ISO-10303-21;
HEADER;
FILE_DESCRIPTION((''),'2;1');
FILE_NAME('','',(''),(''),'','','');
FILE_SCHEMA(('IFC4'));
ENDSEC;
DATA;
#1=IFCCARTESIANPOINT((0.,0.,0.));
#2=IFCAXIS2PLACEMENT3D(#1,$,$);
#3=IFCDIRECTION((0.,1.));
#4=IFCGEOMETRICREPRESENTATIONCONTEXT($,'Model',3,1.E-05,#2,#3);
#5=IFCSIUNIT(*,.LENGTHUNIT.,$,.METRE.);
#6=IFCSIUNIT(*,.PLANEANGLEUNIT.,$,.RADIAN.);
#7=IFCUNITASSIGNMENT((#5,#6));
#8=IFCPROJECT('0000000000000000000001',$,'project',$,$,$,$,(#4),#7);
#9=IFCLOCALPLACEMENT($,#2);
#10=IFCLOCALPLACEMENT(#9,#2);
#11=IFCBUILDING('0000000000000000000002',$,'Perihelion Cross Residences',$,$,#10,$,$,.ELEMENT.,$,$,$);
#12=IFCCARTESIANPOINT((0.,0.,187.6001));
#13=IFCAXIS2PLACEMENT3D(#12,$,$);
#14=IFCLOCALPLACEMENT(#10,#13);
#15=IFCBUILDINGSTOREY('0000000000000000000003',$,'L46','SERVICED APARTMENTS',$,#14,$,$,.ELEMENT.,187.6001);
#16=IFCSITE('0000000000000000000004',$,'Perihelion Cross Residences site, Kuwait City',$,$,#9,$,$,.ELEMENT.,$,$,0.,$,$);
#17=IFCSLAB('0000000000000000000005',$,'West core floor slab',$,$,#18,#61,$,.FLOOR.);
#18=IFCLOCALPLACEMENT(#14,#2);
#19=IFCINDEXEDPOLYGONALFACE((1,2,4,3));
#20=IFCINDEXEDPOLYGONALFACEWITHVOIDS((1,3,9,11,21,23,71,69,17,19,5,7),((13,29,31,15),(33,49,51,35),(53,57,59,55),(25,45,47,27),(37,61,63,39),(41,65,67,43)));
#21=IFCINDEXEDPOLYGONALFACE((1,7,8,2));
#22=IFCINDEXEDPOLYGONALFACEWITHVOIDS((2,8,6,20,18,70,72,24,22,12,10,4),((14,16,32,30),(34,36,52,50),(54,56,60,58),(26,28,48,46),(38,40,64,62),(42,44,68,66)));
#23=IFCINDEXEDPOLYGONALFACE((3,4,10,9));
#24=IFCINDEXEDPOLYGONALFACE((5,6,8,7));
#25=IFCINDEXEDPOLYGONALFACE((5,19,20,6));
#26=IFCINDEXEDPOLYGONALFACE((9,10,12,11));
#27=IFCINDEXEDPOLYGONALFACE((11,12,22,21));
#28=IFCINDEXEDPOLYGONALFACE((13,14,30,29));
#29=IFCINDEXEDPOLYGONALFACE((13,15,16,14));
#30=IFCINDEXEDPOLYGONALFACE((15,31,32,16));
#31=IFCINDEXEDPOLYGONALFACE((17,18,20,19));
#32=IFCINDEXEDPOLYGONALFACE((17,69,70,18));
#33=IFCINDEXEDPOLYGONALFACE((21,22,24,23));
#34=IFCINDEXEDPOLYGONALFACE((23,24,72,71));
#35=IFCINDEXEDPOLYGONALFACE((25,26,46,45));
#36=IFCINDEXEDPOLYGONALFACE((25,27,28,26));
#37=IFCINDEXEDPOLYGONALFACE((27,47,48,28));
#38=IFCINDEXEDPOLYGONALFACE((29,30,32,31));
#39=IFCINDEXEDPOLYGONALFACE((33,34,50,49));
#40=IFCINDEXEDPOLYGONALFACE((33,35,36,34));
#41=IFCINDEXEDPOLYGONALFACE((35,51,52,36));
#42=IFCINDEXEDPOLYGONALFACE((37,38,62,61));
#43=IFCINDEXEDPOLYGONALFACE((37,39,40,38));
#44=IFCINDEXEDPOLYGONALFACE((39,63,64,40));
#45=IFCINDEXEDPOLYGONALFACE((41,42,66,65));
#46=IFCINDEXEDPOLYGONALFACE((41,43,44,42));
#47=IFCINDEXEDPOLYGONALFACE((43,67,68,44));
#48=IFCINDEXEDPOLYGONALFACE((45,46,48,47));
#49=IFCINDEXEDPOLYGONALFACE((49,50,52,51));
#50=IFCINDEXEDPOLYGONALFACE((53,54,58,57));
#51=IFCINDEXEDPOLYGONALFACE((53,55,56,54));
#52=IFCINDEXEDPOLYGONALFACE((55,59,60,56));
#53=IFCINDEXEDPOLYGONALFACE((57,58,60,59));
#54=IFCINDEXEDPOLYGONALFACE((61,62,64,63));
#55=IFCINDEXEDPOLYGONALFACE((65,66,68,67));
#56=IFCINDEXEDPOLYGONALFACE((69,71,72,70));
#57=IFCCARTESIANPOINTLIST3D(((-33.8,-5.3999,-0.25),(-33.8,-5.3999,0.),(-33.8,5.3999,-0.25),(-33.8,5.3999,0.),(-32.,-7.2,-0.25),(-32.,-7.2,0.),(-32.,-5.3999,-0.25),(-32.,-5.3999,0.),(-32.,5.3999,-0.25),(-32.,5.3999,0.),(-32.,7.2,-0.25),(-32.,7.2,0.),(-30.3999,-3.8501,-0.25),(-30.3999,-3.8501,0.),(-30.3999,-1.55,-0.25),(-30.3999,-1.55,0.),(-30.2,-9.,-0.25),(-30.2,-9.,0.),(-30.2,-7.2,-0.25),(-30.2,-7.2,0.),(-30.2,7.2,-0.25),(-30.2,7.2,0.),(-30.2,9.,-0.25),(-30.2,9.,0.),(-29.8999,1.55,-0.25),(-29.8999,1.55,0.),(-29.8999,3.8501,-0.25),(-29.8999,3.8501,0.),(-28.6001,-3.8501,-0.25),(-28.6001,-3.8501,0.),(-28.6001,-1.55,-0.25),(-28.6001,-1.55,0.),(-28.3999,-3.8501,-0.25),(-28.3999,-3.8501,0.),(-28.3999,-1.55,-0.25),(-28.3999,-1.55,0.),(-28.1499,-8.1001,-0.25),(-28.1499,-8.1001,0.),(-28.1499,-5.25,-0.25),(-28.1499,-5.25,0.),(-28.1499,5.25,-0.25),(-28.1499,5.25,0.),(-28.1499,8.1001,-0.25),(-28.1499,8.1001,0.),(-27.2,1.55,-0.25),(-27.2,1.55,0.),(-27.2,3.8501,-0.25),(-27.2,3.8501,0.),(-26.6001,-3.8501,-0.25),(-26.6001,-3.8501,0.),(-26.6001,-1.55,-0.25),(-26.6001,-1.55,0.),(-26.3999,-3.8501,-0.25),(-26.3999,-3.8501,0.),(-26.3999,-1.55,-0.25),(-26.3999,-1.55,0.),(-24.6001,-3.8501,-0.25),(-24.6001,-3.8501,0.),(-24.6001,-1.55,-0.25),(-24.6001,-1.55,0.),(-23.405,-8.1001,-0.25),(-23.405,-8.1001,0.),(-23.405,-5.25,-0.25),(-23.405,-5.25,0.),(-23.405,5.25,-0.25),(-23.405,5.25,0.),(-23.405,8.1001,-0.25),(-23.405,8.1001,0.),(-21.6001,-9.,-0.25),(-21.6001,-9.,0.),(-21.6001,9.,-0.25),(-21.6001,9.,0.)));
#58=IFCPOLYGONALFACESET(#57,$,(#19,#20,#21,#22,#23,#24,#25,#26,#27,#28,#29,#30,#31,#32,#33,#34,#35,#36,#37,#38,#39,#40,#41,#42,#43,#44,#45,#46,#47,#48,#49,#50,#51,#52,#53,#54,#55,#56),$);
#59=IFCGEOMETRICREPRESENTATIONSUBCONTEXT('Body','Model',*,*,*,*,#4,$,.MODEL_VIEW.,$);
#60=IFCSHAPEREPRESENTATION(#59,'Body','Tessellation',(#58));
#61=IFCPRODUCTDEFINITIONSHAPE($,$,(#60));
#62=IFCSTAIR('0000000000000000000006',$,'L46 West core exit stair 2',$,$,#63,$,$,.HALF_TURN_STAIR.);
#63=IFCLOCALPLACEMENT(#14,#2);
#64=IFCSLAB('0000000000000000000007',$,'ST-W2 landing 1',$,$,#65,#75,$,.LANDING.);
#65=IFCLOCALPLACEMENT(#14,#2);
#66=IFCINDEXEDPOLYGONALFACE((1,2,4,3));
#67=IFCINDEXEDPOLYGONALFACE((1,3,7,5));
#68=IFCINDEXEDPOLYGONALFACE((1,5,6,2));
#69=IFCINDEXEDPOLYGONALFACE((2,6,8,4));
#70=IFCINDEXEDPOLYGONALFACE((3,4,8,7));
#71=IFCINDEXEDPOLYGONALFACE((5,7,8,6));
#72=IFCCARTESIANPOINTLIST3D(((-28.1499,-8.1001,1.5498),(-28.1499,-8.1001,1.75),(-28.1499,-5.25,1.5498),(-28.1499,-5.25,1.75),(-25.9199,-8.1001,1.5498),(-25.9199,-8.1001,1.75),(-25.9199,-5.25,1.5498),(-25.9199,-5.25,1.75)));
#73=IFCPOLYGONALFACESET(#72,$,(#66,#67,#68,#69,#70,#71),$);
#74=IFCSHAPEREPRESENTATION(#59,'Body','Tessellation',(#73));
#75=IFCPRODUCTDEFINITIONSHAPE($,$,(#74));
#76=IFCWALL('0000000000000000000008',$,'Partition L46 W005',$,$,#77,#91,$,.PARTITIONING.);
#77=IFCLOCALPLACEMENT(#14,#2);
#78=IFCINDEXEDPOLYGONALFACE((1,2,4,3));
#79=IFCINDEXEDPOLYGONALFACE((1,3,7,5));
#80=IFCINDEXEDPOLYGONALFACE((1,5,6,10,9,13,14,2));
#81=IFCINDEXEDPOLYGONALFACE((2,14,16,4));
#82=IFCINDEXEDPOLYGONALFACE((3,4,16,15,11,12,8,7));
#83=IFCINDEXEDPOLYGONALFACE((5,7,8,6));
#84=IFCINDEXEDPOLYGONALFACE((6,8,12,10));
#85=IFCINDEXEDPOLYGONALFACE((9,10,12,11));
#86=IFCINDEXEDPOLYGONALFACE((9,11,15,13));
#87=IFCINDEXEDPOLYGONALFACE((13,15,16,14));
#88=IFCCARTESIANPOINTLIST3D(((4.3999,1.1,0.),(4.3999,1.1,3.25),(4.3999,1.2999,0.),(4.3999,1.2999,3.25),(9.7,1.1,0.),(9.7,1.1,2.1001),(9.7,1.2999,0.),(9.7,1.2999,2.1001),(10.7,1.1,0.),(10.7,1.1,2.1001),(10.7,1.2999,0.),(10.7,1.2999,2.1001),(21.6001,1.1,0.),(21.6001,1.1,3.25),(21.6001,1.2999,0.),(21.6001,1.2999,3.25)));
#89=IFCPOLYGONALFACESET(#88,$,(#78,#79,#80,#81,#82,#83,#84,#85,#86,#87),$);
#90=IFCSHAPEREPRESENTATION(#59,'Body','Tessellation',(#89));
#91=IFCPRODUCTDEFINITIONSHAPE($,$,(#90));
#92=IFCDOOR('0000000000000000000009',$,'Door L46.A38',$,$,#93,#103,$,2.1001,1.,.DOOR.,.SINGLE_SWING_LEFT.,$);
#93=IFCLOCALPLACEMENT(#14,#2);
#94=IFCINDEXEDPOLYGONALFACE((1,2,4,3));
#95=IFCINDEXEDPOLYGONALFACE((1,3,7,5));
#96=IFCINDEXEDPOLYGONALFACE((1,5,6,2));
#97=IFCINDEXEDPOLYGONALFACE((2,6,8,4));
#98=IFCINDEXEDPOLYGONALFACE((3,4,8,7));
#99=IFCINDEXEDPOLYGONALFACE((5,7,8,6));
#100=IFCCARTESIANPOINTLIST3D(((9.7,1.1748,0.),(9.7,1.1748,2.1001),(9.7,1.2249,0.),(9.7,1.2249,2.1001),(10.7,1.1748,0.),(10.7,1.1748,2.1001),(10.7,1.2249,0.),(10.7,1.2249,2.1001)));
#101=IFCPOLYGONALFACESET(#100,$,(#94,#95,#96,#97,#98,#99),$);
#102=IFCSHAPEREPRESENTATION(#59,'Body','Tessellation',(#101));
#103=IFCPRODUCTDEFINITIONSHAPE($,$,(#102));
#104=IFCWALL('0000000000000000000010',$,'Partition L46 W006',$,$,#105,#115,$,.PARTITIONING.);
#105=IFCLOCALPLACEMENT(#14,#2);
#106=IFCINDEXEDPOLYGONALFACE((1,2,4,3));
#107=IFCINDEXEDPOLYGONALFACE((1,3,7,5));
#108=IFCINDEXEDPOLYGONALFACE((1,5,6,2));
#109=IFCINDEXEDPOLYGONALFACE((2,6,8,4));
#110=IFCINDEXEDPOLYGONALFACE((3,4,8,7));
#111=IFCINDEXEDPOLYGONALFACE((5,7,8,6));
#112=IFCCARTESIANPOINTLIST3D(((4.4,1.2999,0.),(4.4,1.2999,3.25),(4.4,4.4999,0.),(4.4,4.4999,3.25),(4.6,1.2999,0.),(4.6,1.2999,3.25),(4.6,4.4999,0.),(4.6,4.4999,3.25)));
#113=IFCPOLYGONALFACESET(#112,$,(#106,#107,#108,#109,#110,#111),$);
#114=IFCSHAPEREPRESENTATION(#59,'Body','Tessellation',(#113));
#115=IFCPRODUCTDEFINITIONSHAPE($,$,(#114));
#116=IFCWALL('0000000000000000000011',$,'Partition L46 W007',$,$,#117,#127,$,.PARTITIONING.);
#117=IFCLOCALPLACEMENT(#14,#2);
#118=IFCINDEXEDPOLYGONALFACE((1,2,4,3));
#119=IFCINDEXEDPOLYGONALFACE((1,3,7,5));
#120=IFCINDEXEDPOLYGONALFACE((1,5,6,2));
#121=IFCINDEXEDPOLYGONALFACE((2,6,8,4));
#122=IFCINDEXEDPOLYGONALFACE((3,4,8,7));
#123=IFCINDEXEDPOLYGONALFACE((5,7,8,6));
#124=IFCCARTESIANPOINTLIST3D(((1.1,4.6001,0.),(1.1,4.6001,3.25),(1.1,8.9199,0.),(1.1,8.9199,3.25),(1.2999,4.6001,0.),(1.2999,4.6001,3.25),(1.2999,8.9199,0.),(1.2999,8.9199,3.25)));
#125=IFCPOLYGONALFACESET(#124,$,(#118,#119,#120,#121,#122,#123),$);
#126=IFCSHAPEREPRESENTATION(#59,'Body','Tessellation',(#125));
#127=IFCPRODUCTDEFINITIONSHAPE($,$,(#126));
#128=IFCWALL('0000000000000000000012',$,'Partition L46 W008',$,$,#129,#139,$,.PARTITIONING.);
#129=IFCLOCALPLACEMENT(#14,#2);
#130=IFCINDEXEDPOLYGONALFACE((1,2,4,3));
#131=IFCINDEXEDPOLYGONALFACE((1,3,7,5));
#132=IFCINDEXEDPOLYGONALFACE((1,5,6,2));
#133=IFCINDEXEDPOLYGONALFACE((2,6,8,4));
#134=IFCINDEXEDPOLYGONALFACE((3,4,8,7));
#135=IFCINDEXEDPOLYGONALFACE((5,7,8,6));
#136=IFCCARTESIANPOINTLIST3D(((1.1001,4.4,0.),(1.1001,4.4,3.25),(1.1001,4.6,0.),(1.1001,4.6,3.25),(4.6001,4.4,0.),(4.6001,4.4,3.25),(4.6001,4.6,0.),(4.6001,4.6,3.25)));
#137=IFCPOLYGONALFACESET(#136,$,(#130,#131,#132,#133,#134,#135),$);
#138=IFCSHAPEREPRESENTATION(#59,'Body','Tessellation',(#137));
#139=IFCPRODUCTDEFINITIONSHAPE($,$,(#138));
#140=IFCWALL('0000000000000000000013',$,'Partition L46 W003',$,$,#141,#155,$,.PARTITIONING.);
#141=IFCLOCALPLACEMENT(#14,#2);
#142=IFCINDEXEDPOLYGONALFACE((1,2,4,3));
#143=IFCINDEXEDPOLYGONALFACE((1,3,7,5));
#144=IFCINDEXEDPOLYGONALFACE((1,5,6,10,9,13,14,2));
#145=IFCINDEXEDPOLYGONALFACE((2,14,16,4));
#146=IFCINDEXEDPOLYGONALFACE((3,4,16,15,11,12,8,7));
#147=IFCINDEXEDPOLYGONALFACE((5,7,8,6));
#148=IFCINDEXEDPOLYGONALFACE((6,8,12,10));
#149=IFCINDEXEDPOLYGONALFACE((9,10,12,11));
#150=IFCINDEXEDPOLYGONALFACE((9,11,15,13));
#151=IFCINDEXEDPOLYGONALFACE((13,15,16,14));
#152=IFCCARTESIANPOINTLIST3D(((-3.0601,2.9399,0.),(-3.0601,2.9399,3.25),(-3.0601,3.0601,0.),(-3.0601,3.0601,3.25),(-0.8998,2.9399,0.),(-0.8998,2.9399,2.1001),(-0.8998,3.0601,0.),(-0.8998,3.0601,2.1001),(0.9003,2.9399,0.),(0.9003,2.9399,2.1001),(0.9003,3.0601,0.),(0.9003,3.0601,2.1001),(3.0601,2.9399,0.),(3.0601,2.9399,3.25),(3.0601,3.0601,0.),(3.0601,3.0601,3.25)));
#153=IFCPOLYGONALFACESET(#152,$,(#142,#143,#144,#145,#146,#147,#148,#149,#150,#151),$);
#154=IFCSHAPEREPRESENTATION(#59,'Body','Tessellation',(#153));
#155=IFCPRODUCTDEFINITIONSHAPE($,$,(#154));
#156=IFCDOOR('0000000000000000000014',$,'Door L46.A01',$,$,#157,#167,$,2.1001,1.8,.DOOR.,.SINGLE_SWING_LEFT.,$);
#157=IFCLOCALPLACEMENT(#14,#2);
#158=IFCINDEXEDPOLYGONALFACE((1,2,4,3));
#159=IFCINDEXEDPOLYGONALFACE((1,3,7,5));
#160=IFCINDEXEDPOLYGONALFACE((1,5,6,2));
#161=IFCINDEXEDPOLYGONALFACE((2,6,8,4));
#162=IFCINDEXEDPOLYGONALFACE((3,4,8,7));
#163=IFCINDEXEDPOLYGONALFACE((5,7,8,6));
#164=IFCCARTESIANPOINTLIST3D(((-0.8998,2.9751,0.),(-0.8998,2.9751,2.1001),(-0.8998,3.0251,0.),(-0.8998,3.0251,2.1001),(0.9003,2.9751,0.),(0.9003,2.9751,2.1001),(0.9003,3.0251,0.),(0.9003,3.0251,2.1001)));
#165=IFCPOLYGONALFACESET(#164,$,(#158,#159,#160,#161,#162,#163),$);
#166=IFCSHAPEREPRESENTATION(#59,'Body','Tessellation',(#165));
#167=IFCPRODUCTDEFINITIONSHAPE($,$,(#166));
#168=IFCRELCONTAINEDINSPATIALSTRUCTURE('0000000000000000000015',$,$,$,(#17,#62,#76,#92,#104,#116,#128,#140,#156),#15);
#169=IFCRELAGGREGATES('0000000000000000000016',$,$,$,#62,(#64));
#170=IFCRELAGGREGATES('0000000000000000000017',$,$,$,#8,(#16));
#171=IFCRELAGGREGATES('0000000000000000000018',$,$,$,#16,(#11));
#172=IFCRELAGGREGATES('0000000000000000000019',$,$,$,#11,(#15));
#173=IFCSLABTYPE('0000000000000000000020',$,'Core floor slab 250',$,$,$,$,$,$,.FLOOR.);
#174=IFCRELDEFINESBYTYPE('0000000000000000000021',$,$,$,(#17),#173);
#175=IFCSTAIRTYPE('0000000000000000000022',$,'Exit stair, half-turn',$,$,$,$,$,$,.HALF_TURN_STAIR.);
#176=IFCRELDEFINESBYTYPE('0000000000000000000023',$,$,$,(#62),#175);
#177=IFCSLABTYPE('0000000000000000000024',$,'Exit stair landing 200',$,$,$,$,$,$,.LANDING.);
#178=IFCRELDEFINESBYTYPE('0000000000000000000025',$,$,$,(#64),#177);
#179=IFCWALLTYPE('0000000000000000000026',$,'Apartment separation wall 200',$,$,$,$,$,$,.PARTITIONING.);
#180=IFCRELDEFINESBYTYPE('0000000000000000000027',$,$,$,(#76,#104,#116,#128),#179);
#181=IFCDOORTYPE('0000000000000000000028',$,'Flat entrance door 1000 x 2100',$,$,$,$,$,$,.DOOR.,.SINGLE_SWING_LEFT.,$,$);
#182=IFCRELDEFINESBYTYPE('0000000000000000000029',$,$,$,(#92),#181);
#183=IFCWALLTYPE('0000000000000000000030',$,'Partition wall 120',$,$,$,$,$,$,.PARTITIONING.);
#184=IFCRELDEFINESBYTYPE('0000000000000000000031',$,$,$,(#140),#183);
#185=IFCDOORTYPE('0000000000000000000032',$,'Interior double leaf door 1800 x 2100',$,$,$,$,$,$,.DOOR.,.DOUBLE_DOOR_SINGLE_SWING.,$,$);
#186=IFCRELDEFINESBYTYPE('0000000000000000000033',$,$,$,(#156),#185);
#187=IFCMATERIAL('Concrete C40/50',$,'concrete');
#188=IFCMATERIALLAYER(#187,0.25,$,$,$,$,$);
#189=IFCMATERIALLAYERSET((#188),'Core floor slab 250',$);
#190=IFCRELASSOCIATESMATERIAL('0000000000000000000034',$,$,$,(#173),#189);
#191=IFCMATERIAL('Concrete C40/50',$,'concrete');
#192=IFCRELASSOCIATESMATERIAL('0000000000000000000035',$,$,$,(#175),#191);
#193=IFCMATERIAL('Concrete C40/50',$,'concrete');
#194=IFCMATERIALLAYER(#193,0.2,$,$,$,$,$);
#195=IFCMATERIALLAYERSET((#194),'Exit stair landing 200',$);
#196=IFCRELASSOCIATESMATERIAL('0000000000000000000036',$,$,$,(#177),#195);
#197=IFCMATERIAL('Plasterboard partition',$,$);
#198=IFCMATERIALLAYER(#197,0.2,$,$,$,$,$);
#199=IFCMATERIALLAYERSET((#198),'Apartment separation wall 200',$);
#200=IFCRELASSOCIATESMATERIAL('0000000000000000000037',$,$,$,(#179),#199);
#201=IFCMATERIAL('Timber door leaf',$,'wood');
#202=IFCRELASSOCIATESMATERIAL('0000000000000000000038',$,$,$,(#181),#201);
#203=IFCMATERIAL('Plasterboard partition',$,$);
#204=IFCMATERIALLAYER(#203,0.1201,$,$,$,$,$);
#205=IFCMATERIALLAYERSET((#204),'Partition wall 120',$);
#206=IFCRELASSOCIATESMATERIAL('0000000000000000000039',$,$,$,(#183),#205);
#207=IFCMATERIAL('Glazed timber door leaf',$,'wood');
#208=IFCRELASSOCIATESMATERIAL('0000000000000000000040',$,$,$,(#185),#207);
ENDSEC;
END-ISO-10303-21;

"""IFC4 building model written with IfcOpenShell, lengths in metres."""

from ifc_helpers import new_model, si_unit, direction, frame, frame_2d, origin, place, context, subcontext, project, spatial, polyline, rectangle, outline, extrude, material, layer, layer_set, type_object, element, fill, aggregate, save


model = new_model("IFC4")

# Units and contexts
model_context = context("Model", 3, precision=1e-05, world=origin(), true_north=direction((0.0, 1.0)))
body_context = subcontext(model_context, "Body", "Model", "MODEL_VIEW")
ifc_project = project(units=[si_unit("LENGTHUNIT", "METRE"), si_unit("PLANEANGLEUNIT", "RADIAN")], contexts=[model_context])

# Site, building, storey
site_placement = place(None, origin())
site = spatial("IfcSite", under=ifc_project, at=site_placement, Name="Perihelion Cross Residences site, Kuwait City", CompositionType="ELEMENT", RefElevation=0.0)
building_placement = place(site_placement, origin())
building = spatial("IfcBuilding", under=site, at=building_placement, Name="Perihelion Cross Residences", CompositionType="ELEMENT")
storey_placement = place(building_placement, frame((0.0, 0.0, 187.6001)))
storey = spatial("IfcBuildingStorey", under=building, at=storey_placement, Name="L46", Description="SERVICED APARTMENTS", CompositionType="ELEMENT", Elevation=187.6001)

# Slab
ifc_material_1 = material(Name="Concrete C40/50", Category="concrete")
ifc_layer_1 = layer(ifc_material_1, 0.25)
ifc_layer_set_1 = layer_set([ifc_layer_1], Name="Core floor slab 250")
slab_type_1 = type_object("IfcSlabType", Name="Core floor slab 250", PredefinedType="FLOOR", material=ifc_layer_set_1)
slab_1_placement = place(storey_placement, frame((0.0, 0.0, -0.25)))
element("IfcSlab", 1, at=slab_1_placement, inside=storey, type_object=slab_type_1, Name="West core floor slab", PredefinedType="FLOOR", context=body_context, shape_type="SweptSolid", body=[
    extrude(outline(polyline([(-30.2, 7.2), (-32.0, 7.2), (-32.0, 5.3999), (-33.8, 5.3999), (-33.8, -5.3999), (-32.0, -5.3999), (-32.0, -7.2), (-30.2, -7.2), (-30.2, -9.0), (-21.6001, -9.0), (-21.6001, 9.0), (-30.2, 9.0), (-30.2, 7.2)]), holes=[polyline([(-28.1499, -8.1001), (-28.1499, -5.25), (-23.405, -5.25), (-23.405, -8.1001), (-28.1499, -8.1001)]), polyline([(-24.6001, -1.55), (-24.6001, -3.8501), (-26.3999, -3.8501), (-26.3999, -1.55), (-24.6001, -1.55)]), polyline([(-26.6001, -1.55), (-26.6001, -3.8501), (-28.3999, -3.8501), (-28.3999, -1.55), (-26.6001, -1.55)]), polyline([(-28.6001, -3.8501), (-30.3999, -3.8501), (-30.3999, -1.55), (-28.6001, -1.55), (-28.6001, -3.8501)]), polyline([(-27.2, 3.8501), (-27.2, 1.55), (-29.8999, 1.55), (-29.8999, 3.8501), (-27.2, 3.8501)]), polyline([(-23.405, 5.25), (-28.1499, 5.25), (-28.1499, 8.1001), (-23.405, 8.1001), (-23.405, 5.25)])]), origin(), (0.0, 0.0, 1.0), 0.25),
])

# Stair, slab
ifc_material_2 = material(Name="Concrete C40/50", Category="concrete")
stair_type = type_object("IfcStairType", Name="Exit stair, half-turn", PredefinedType="HALF_TURN_STAIR", material=ifc_material_2)
stair_placement = place(storey_placement, origin())
stair = element("IfcStair", 2, at=stair_placement, inside=storey, type_object=stair_type, Name="L46 West core exit stair 2", PredefinedType="HALF_TURN_STAIR")
ifc_material_3 = material(Name="Concrete C40/50", Category="concrete")
ifc_layer_2 = layer(ifc_material_3, 0.2)
ifc_layer_set_2 = layer_set([ifc_layer_2], Name="Exit stair landing 200")
slab_type_2 = type_object("IfcSlabType", Name="Exit stair landing 200", PredefinedType="LANDING", material=ifc_layer_set_2)
slab_2_placement = place(storey_placement, frame((0.0, 0.0, 1.5498)))
slab_2 = element("IfcSlab", 3, at=slab_2_placement, type_object=slab_type_2, Name="ST-W2 landing 1", PredefinedType="LANDING", context=body_context, shape_type="SweptSolid", body=[
    extrude(outline(polyline([(-25.9199, -5.25), (-28.1499, -5.25), (-28.1499, -8.1001), (-25.9199, -8.1001), (-25.9199, -5.25)])), origin(), (0.0, 0.0, 1.0), 0.2002),
])
aggregate(stair, [slab_2])

# Wall, opening, door
ifc_material_4 = material(Name="Plasterboard partition")
ifc_layer_3 = layer(ifc_material_4, 0.2)
ifc_layer_set_3 = layer_set([ifc_layer_3], Name="Apartment separation wall 200")
wall_type_1 = type_object("IfcWallType", Name="Apartment separation wall 200", PredefinedType="PARTITIONING", material=ifc_layer_set_3)
wall_1_placement = place(storey_placement, frame((4.3999, 1.2, 0.0), z_axis=(0.0, 0.0, 1.0), x_axis=(1.0, 0.0, 0.0)))
wall_1 = element("IfcWall", 4, at=wall_1_placement, inside=storey, type_object=wall_type_1, Name="Partition L46 W005", PredefinedType="PARTITIONING", context=body_context, shape_type="SweptSolid", body=[
    extrude(rectangle(XDim=17.2002, YDim=0.2, at=frame_2d((8.6001, 0.0))), origin(), (0.0, 0.0, 1.0), 3.25),
])
opening_1_placement = place(wall_1_placement, frame((5.3, 0.0, 0.0)))
opening_1 = element("IfcOpeningElement", 5, at=opening_1_placement, cuts=wall_1, PredefinedType="OPENING", context=body_context, shape_type="SweptSolid", body=[
    extrude(rectangle(XDim=1.0, YDim=2.1001, at=frame_2d((0.5, 1.05))), frame((0.0, 0.1099, 0.0), z_axis=(0.0, -1.0, 0.0), x_axis=(1.0, 0.0, 0.0)), (0.0, 0.0, 1.0), 0.22),
])
ifc_material_5 = material(Name="Timber door leaf", Category="wood")
door_type_1 = type_object("IfcDoorType", Name="Flat entrance door 1000 x 2100", OperationType="SINGLE_SWING_LEFT", PredefinedType="DOOR", material=ifc_material_5)
door_1_placement = place(opening_1_placement, origin())
door_1 = element("IfcDoor", 6, at=door_1_placement, inside=storey, type_object=door_type_1, Name="Door L46.A38", OperationType="SINGLE_SWING_LEFT", OverallHeight=2.1001, OverallWidth=1.0, PredefinedType="DOOR", context=body_context, shape_type="SweptSolid", body=[
    extrude(rectangle(XDim=1.0, YDim=2.1001, at=frame_2d((0.5, 1.05))), frame((0.0, 0.0249, 0.0), z_axis=(0.0, -1.0, 0.0), x_axis=(1.0, 0.0, 0.0)), (0.0, 0.0, 1.0), 0.05),
])
fill(opening_1, door_1)

# Walls
wall_2_placement = place(storey_placement, frame((4.5, 4.5, 0.0), z_axis=(0.0, 0.0, 1.0), x_axis=(0.0, -1.0, 0.0)))
element("IfcWall", 7, at=wall_2_placement, inside=storey, type_object=wall_type_1, Name="Partition L46 W006", PredefinedType="PARTITIONING", context=body_context, shape_type="SweptSolid", body=[
    extrude(rectangle(XDim=3.2, YDim=0.2, at=frame_2d((1.6001, 0.0))), origin(), (0.0, 0.0, 1.0), 3.25),
])
wall_3_placement = place(storey_placement, frame((1.2, 8.9199, 0.0), z_axis=(0.0, 0.0, 1.0), x_axis=(0.0, -1.0, 0.0)))
element("IfcWall", 8, at=wall_3_placement, inside=storey, type_object=wall_type_1, Name="Partition L46 W007", PredefinedType="PARTITIONING", context=body_context, shape_type="SweptSolid", body=[
    extrude(rectangle(XDim=4.3198, YDim=0.2, at=frame_2d((2.1599, 0.0))), origin(), (0.0, 0.0, 1.0), 3.25),
])
wall_4_placement = place(storey_placement, frame((1.1001, 4.5, 0.0), z_axis=(0.0, 0.0, 1.0), x_axis=(1.0, 0.0, 0.0)))
element("IfcWall", 9, at=wall_4_placement, inside=storey, type_object=wall_type_1, Name="Partition L46 W008", PredefinedType="PARTITIONING", context=body_context, shape_type="SweptSolid", body=[
    extrude(rectangle(XDim=3.5, YDim=0.2, at=frame_2d((1.75, 0.0))), origin(), (0.0, 0.0, 1.0), 3.25),
])

# Wall, opening, door
ifc_material_6 = material(Name="Plasterboard partition")
ifc_layer_4 = layer(ifc_material_6, 0.1201)
ifc_layer_set_4 = layer_set([ifc_layer_4], Name="Partition wall 120")
wall_type_2 = type_object("IfcWallType", Name="Partition wall 120", PredefinedType="PARTITIONING", material=ifc_layer_set_4)
wall_5_placement = place(storey_placement, frame((3.0601, 3.0, 0.0), z_axis=(0.0, 0.0, 1.0), x_axis=(-1.0, 0.0, 0.0)))
wall_5 = element("IfcWall", 10, at=wall_5_placement, inside=storey, type_object=wall_type_2, Name="Partition L46 W003", PredefinedType="PARTITIONING", context=body_context, shape_type="SweptSolid", body=[
    extrude(rectangle(XDim=6.1201, YDim=0.1201, at=frame_2d((3.0601, 0.0))), origin(), (0.0, 0.0, 1.0), 3.25),
])
opening_2_placement = place(wall_5_placement, frame((2.1599, 0.0, 0.0)))
opening_2 = element("IfcOpeningElement", 11, at=opening_2_placement, cuts=wall_5, PredefinedType="OPENING", context=body_context, shape_type="SweptSolid", body=[
    extrude(rectangle(XDim=1.8, YDim=2.1001, at=frame_2d((0.8999, 1.05))), frame((0.0, 0.0701, 0.0), z_axis=(0.0, -1.0, 0.0), x_axis=(1.0, 0.0, 0.0)), (0.0, 0.0, 1.0), 0.1401),
])
ifc_material_7 = material(Name="Glazed timber door leaf", Category="wood")
door_type_2 = type_object("IfcDoorType", Name="Interior double leaf door 1800 x 2100", OperationType="DOUBLE_DOOR_SINGLE_SWING", PredefinedType="DOOR", material=ifc_material_7)
door_2_placement = place(opening_2_placement, origin())
door_2 = element("IfcDoor", 12, at=door_2_placement, inside=storey, type_object=door_type_2, Name="Door L46.A01", OperationType="SINGLE_SWING_LEFT", OverallHeight=2.1001, OverallWidth=1.8, PredefinedType="DOOR", context=body_context, shape_type="SweptSolid", body=[
    extrude(rectangle(XDim=1.8, YDim=2.1001, at=frame_2d((0.8999, 1.05))), frame((0.0, 0.0249, 0.0), z_axis=(0.0, -1.0, 0.0), x_axis=(1.0, 0.0, 0.0)), (0.0, 0.0, 1.0), 0.05),
])
fill(opening_2, door_2)

save(model, "model.ifc")
